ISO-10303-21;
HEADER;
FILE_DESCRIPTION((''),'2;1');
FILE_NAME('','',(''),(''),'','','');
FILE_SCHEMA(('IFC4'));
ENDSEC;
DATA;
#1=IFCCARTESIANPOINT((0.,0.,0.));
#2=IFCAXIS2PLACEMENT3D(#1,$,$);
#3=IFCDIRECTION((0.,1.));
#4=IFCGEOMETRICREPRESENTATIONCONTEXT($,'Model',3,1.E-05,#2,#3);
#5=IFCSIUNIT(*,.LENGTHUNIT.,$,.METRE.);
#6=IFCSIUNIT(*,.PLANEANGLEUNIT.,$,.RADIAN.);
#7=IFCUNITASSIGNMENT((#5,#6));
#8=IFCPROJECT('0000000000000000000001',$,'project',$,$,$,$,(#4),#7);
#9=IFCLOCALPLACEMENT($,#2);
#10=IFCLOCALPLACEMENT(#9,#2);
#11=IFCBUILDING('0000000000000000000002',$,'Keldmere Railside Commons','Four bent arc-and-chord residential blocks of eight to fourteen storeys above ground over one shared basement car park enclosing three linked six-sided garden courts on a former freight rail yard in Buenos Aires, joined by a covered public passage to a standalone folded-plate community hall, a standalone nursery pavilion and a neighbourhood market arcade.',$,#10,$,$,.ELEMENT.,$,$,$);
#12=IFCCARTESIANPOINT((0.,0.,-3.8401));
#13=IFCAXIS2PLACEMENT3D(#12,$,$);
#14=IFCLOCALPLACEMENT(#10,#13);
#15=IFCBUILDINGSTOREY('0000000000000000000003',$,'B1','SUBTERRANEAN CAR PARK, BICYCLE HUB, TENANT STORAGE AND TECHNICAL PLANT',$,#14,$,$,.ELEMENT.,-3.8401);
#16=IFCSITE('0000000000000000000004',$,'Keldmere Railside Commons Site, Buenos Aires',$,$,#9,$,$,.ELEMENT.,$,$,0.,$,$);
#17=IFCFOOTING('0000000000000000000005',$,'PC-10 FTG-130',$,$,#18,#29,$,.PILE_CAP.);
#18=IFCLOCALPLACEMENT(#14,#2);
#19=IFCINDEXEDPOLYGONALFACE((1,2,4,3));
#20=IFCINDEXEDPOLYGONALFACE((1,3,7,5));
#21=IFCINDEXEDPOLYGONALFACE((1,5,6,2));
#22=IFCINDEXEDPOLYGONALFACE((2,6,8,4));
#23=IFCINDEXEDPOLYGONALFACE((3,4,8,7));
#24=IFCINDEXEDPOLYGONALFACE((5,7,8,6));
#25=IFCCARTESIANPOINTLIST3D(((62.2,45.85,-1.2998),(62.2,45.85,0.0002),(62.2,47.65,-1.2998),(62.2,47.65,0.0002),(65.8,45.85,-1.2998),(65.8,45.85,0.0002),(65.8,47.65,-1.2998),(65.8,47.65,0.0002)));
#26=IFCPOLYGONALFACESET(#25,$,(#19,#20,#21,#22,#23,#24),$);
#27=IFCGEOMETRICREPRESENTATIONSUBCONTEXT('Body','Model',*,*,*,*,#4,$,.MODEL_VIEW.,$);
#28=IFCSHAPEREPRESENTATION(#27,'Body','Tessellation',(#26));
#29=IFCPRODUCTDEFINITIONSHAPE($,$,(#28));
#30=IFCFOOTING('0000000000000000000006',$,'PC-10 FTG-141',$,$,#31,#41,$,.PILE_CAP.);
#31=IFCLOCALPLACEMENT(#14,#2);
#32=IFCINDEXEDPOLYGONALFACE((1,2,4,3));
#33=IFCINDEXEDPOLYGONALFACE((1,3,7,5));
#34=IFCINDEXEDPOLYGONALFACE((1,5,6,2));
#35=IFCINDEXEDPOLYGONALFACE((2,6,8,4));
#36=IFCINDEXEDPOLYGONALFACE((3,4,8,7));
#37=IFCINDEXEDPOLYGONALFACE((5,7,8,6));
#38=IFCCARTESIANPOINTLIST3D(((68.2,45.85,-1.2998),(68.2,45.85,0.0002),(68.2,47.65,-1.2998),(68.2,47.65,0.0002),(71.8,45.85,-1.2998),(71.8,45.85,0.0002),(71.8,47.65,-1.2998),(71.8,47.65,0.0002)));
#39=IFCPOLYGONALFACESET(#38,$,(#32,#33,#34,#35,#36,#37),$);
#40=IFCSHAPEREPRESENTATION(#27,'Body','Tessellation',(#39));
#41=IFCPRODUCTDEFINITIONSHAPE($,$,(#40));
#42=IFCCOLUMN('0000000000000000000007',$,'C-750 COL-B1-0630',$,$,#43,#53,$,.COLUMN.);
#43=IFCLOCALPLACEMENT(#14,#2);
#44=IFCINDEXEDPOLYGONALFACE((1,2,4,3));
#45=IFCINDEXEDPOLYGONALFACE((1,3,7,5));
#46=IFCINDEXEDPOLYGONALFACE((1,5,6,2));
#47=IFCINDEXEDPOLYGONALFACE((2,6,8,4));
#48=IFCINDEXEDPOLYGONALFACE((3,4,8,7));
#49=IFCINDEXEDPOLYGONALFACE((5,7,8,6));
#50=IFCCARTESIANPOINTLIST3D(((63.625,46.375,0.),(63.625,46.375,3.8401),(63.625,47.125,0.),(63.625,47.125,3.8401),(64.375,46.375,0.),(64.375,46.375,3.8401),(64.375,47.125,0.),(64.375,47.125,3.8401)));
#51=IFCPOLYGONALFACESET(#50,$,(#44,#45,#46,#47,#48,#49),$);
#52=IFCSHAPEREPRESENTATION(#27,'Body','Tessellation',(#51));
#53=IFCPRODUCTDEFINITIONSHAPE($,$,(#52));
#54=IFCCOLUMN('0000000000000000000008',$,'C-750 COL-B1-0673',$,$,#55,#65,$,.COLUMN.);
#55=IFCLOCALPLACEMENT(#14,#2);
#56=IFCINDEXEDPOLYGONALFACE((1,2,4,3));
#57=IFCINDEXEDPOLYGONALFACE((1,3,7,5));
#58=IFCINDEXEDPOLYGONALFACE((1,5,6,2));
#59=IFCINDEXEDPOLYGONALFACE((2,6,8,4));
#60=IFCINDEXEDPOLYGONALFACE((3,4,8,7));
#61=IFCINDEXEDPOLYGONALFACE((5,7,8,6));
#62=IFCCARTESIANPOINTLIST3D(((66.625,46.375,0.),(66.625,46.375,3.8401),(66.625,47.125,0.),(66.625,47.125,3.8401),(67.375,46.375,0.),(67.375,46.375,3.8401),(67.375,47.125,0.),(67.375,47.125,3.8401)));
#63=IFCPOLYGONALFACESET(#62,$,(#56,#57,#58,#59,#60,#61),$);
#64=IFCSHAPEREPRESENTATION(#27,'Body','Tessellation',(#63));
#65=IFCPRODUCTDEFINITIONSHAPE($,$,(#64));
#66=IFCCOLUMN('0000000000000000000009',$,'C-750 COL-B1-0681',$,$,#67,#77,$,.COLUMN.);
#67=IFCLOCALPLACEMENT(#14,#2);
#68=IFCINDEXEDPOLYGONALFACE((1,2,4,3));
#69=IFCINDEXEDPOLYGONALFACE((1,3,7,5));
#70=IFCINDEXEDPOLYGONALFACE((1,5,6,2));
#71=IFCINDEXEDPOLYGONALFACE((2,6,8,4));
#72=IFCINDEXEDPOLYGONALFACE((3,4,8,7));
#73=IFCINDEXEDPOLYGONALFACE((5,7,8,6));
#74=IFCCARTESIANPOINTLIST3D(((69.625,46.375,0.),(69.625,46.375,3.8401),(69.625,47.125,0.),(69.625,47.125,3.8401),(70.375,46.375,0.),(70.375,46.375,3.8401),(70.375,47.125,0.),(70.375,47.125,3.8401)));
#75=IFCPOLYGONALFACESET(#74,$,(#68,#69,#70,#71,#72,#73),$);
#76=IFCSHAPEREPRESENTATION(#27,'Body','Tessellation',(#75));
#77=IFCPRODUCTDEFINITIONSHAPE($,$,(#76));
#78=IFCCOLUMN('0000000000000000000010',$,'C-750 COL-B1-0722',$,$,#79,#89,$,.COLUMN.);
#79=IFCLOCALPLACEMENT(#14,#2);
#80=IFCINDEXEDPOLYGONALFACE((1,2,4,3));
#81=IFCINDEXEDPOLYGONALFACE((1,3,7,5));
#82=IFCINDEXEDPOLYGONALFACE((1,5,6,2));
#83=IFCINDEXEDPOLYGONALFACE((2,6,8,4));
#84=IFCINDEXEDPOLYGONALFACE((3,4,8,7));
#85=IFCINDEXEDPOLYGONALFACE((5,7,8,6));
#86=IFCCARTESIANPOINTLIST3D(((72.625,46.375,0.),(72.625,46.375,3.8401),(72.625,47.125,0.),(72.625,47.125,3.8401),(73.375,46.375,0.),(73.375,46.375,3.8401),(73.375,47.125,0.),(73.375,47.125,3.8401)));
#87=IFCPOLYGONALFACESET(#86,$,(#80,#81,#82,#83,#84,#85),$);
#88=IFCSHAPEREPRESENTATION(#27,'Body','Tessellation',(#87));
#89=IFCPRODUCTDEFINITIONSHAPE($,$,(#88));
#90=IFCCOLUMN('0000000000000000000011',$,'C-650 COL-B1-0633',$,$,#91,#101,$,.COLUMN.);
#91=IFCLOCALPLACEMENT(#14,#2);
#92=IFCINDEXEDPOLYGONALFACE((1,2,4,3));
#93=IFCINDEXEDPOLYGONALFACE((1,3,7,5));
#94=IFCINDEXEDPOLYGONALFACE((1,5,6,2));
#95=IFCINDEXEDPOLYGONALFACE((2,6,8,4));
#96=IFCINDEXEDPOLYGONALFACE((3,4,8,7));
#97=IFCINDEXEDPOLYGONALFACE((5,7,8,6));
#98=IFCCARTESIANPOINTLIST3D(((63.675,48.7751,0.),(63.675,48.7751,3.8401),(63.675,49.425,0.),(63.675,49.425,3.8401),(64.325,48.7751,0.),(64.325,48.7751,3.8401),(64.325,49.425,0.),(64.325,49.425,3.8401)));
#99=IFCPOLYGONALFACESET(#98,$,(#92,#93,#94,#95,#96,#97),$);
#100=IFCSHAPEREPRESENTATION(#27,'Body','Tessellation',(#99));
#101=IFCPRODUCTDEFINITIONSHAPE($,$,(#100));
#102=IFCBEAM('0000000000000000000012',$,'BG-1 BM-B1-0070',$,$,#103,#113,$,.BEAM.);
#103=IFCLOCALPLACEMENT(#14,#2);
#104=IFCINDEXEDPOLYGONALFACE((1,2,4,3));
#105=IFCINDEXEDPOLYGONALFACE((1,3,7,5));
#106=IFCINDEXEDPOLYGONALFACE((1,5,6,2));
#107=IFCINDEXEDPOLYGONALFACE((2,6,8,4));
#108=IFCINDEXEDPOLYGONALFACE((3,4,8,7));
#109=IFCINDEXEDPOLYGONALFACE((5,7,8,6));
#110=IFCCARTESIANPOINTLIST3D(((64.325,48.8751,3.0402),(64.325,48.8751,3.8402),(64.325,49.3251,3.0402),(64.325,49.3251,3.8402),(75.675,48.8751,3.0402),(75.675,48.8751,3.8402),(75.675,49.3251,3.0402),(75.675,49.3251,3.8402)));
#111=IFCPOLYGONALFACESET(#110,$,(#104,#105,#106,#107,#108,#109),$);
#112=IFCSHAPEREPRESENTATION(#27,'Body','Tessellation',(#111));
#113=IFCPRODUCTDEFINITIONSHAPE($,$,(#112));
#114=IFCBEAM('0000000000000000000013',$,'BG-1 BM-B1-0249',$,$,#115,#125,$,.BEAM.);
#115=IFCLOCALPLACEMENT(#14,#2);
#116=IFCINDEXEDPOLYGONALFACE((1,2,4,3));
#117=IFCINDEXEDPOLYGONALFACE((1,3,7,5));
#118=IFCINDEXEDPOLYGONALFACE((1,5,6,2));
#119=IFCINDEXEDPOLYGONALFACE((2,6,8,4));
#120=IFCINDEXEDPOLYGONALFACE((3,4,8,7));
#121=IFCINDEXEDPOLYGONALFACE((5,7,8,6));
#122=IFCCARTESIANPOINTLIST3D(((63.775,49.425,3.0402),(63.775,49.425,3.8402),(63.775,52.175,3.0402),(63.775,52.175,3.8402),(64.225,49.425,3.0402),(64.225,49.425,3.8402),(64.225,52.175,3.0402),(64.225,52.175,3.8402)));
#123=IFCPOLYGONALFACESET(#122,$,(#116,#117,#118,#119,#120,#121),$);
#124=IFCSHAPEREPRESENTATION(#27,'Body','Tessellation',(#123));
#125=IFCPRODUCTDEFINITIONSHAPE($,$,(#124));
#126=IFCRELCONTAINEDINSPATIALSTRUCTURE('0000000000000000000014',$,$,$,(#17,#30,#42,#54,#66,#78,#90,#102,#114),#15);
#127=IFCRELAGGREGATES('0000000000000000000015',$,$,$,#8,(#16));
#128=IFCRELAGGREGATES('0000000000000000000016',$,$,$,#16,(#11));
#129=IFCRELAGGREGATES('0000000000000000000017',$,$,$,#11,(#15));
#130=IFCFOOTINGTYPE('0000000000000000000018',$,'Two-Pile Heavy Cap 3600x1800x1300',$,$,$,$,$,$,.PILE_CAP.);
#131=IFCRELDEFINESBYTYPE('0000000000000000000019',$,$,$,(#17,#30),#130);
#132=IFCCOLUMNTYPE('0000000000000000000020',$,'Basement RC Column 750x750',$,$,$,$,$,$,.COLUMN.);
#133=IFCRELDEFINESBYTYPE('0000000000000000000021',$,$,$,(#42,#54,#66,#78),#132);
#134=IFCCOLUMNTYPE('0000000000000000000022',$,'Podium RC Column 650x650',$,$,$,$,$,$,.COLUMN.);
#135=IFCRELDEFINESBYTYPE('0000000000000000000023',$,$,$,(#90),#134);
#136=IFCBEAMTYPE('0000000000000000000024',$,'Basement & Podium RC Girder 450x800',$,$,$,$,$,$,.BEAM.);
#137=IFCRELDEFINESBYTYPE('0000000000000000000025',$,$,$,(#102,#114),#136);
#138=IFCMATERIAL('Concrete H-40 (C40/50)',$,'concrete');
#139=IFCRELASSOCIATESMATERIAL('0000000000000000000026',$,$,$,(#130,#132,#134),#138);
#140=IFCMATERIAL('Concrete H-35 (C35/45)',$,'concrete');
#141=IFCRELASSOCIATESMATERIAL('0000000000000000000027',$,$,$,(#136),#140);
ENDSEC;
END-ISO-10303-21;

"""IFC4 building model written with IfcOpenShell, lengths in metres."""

from ifc_helpers import new_model, si_unit, direction, frame, origin, origin_2d, place, context, subcontext, project, spatial, rectangle, extrude, material, material_profile, profile_set, type_object, element, save


model = new_model("IFC4")

# Units and contexts
model_context = context("Model", 3, precision=1e-05, world=origin(), true_north=direction((0.0, 1.0)))
body_context = subcontext(model_context, "Body", "Model", "MODEL_VIEW")
ifc_project = project(units=[si_unit("LENGTHUNIT", "METRE"), si_unit("PLANEANGLEUNIT", "RADIAN")], contexts=[model_context])

# Site, building, storey
site_placement = place(None, origin())
site = spatial("IfcSite", under=ifc_project, at=site_placement, Name="Keldmere Railside Commons Site, Buenos Aires", CompositionType="ELEMENT", RefElevation=0.0)
building_placement = place(site_placement, origin())
building = spatial("IfcBuilding", under=site, at=building_placement, Name="Keldmere Railside Commons", Description="Four bent arc-and-chord residential blocks of eight to fourteen storeys above ground over one shared basement car park enclosing three linked six-sided garden courts on a former freight rail yard in Buenos Aires, joined by a covered public passage to a standalone folded-plate community hall, a standalone nursery pavilion and a neighbourhood market arcade.", CompositionType="ELEMENT")
storey_placement = place(building_placement, frame((0.0, 0.0, -3.8401)))
storey = spatial("IfcBuildingStorey", under=building, at=storey_placement, Name="B1", Description="SUBTERRANEAN CAR PARK, BICYCLE HUB, TENANT STORAGE AND TECHNICAL PLANT", CompositionType="ELEMENT", Elevation=-3.8401)

# Footings
ifc_material_1 = material(Name="Concrete H-40 (C40/50)", Category="concrete")
footing_type_1 = type_object("IfcFootingType", Name="Two-Pile Heavy Cap 3600x1800x1300", PredefinedType="PILE_CAP", material=ifc_material_1)
for number, where, z_axis, x_axis, name in (
    (1, (64.0, 46.75, -1.2998), (0.0, 0.0, 1.0), (1.0, 0.0, 0.0), "PC-10 FTG-130"),
    (2, (70.0, 46.75, -1.2998), (0.0, 0.0, 1.0), (1.0, 0.0, 0.0), "PC-10 FTG-141"),
):
    element("IfcFooting", number, at=place(storey_placement, frame(where, z_axis=z_axis, x_axis=x_axis)), inside=storey, type_object=footing_type_1, Name=name, PredefinedType="PILE_CAP", context=body_context, shape_type="SweptSolid", body=[
        extrude(rectangle(XDim=3.6001, YDim=1.8, at=origin_2d()), origin(), (0.0, 0.0, 1.0), 1.3),
    ])

# Columns
ifc_material_profile_1 = material_profile(ifc_material_1, rectangle(XDim=0.75, YDim=0.75, at=origin_2d()), Name="RC-750x750")
ifc_profile_set_1 = profile_set([ifc_material_profile_1], Name="Concrete H-40 (C40/50)")
column_type_1 = type_object("IfcColumnType", Name="Basement RC Column 750x750", PredefinedType="COLUMN", material=ifc_profile_set_1)
for number, where, z_axis, x_axis, name in (
    (3, (64.0, 46.75, 0.0), (0.0, 0.0, 1.0), (1.0, 0.0, 0.0), "C-750 COL-B1-0630"),
    (4, (67.0, 46.75, 0.0), (0.0, 0.0, 1.0), (1.0, 0.0, 0.0), "C-750 COL-B1-0673"),
    (5, (70.0, 46.75, 0.0), (0.0, 0.0, 1.0), (1.0, 0.0, 0.0), "C-750 COL-B1-0681"),
    (6, (73.0, 46.75, 0.0), (0.0, 0.0, 1.0), (1.0, 0.0, 0.0), "C-750 COL-B1-0722"),
):
    element("IfcColumn", number, at=place(storey_placement, frame(where, z_axis=z_axis, x_axis=x_axis)), inside=storey, type_object=column_type_1, Name=name, PredefinedType="COLUMN", context=body_context, shape_type="SweptSolid", body=[
        extrude(rectangle(XDim=0.75, YDim=0.75, at=origin_2d()), origin(), (0.0, 0.0, 1.0), 3.8401),
    ])
ifc_material_profile_2 = material_profile(ifc_material_1, rectangle(XDim=0.6499, YDim=0.6499, at=origin_2d()), Name="RC-650x650")
ifc_profile_set_2 = profile_set([ifc_material_profile_2], Name="Concrete H-40 (C40/50)")
column_type_2 = type_object("IfcColumnType", Name="Podium RC Column 650x650", PredefinedType="COLUMN", material=ifc_profile_set_2)
column_placement = place(storey_placement, frame((64.0, 49.1001, 0.0), z_axis=(0.0, 0.0, 1.0), x_axis=(1.0, 0.0, 0.0)))
element("IfcColumn", 7, at=column_placement, inside=storey, type_object=column_type_2, Name="C-650 COL-B1-0633", PredefinedType="COLUMN", context=body_context, shape_type="SweptSolid", body=[
    extrude(rectangle(XDim=0.6499, YDim=0.6499, at=origin_2d()), origin(), (0.0, 0.0, 1.0), 3.8401),
])

# Beams
ifc_material_2 = material(Name="Concrete H-35 (C35/45)", Category="concrete")
ifc_material_profile_3 = material_profile(ifc_material_2, rectangle(XDim=0.45, YDim=0.8, at=origin_2d()), Name="RC-450x800")
ifc_profile_set_3 = profile_set([ifc_material_profile_3], Name="Concrete H-35 (C35/45)")
beam_type = type_object("IfcBeamType", Name="Basement & Podium RC Girder 450x800", PredefinedType="BEAM", material=ifc_profile_set_3)
beam_1_placement = place(storey_placement, frame((64.325, 49.1001, 3.4402), z_axis=(1.0, 0.0, 0.0), x_axis=(0.0, 1.0, 0.0)))
element("IfcBeam", 8, at=beam_1_placement, inside=storey, type_object=beam_type, Name="BG-1 BM-B1-0070", PredefinedType="BEAM", context=body_context, shape_type="SweptSolid", body=[
    extrude(rectangle(XDim=0.45, YDim=0.8, at=origin_2d()), origin(), (0.0, 0.0, 1.0), 11.3501),
])
beam_2_placement = place(storey_placement, frame((64.0, 49.425, 3.4402), z_axis=(0.0, 1.0, 0.0), x_axis=(-1.0, 0.0, 0.0)))
element("IfcBeam", 9, at=beam_2_placement, inside=storey, type_object=beam_type, Name="BG-1 BM-B1-0249", PredefinedType="BEAM", context=body_context, shape_type="SweptSolid", body=[
    extrude(rectangle(XDim=0.45, YDim=0.8, at=origin_2d()), origin(), (0.0, 0.0, 1.0), 2.75),
])

save(model, "model.ifc")
